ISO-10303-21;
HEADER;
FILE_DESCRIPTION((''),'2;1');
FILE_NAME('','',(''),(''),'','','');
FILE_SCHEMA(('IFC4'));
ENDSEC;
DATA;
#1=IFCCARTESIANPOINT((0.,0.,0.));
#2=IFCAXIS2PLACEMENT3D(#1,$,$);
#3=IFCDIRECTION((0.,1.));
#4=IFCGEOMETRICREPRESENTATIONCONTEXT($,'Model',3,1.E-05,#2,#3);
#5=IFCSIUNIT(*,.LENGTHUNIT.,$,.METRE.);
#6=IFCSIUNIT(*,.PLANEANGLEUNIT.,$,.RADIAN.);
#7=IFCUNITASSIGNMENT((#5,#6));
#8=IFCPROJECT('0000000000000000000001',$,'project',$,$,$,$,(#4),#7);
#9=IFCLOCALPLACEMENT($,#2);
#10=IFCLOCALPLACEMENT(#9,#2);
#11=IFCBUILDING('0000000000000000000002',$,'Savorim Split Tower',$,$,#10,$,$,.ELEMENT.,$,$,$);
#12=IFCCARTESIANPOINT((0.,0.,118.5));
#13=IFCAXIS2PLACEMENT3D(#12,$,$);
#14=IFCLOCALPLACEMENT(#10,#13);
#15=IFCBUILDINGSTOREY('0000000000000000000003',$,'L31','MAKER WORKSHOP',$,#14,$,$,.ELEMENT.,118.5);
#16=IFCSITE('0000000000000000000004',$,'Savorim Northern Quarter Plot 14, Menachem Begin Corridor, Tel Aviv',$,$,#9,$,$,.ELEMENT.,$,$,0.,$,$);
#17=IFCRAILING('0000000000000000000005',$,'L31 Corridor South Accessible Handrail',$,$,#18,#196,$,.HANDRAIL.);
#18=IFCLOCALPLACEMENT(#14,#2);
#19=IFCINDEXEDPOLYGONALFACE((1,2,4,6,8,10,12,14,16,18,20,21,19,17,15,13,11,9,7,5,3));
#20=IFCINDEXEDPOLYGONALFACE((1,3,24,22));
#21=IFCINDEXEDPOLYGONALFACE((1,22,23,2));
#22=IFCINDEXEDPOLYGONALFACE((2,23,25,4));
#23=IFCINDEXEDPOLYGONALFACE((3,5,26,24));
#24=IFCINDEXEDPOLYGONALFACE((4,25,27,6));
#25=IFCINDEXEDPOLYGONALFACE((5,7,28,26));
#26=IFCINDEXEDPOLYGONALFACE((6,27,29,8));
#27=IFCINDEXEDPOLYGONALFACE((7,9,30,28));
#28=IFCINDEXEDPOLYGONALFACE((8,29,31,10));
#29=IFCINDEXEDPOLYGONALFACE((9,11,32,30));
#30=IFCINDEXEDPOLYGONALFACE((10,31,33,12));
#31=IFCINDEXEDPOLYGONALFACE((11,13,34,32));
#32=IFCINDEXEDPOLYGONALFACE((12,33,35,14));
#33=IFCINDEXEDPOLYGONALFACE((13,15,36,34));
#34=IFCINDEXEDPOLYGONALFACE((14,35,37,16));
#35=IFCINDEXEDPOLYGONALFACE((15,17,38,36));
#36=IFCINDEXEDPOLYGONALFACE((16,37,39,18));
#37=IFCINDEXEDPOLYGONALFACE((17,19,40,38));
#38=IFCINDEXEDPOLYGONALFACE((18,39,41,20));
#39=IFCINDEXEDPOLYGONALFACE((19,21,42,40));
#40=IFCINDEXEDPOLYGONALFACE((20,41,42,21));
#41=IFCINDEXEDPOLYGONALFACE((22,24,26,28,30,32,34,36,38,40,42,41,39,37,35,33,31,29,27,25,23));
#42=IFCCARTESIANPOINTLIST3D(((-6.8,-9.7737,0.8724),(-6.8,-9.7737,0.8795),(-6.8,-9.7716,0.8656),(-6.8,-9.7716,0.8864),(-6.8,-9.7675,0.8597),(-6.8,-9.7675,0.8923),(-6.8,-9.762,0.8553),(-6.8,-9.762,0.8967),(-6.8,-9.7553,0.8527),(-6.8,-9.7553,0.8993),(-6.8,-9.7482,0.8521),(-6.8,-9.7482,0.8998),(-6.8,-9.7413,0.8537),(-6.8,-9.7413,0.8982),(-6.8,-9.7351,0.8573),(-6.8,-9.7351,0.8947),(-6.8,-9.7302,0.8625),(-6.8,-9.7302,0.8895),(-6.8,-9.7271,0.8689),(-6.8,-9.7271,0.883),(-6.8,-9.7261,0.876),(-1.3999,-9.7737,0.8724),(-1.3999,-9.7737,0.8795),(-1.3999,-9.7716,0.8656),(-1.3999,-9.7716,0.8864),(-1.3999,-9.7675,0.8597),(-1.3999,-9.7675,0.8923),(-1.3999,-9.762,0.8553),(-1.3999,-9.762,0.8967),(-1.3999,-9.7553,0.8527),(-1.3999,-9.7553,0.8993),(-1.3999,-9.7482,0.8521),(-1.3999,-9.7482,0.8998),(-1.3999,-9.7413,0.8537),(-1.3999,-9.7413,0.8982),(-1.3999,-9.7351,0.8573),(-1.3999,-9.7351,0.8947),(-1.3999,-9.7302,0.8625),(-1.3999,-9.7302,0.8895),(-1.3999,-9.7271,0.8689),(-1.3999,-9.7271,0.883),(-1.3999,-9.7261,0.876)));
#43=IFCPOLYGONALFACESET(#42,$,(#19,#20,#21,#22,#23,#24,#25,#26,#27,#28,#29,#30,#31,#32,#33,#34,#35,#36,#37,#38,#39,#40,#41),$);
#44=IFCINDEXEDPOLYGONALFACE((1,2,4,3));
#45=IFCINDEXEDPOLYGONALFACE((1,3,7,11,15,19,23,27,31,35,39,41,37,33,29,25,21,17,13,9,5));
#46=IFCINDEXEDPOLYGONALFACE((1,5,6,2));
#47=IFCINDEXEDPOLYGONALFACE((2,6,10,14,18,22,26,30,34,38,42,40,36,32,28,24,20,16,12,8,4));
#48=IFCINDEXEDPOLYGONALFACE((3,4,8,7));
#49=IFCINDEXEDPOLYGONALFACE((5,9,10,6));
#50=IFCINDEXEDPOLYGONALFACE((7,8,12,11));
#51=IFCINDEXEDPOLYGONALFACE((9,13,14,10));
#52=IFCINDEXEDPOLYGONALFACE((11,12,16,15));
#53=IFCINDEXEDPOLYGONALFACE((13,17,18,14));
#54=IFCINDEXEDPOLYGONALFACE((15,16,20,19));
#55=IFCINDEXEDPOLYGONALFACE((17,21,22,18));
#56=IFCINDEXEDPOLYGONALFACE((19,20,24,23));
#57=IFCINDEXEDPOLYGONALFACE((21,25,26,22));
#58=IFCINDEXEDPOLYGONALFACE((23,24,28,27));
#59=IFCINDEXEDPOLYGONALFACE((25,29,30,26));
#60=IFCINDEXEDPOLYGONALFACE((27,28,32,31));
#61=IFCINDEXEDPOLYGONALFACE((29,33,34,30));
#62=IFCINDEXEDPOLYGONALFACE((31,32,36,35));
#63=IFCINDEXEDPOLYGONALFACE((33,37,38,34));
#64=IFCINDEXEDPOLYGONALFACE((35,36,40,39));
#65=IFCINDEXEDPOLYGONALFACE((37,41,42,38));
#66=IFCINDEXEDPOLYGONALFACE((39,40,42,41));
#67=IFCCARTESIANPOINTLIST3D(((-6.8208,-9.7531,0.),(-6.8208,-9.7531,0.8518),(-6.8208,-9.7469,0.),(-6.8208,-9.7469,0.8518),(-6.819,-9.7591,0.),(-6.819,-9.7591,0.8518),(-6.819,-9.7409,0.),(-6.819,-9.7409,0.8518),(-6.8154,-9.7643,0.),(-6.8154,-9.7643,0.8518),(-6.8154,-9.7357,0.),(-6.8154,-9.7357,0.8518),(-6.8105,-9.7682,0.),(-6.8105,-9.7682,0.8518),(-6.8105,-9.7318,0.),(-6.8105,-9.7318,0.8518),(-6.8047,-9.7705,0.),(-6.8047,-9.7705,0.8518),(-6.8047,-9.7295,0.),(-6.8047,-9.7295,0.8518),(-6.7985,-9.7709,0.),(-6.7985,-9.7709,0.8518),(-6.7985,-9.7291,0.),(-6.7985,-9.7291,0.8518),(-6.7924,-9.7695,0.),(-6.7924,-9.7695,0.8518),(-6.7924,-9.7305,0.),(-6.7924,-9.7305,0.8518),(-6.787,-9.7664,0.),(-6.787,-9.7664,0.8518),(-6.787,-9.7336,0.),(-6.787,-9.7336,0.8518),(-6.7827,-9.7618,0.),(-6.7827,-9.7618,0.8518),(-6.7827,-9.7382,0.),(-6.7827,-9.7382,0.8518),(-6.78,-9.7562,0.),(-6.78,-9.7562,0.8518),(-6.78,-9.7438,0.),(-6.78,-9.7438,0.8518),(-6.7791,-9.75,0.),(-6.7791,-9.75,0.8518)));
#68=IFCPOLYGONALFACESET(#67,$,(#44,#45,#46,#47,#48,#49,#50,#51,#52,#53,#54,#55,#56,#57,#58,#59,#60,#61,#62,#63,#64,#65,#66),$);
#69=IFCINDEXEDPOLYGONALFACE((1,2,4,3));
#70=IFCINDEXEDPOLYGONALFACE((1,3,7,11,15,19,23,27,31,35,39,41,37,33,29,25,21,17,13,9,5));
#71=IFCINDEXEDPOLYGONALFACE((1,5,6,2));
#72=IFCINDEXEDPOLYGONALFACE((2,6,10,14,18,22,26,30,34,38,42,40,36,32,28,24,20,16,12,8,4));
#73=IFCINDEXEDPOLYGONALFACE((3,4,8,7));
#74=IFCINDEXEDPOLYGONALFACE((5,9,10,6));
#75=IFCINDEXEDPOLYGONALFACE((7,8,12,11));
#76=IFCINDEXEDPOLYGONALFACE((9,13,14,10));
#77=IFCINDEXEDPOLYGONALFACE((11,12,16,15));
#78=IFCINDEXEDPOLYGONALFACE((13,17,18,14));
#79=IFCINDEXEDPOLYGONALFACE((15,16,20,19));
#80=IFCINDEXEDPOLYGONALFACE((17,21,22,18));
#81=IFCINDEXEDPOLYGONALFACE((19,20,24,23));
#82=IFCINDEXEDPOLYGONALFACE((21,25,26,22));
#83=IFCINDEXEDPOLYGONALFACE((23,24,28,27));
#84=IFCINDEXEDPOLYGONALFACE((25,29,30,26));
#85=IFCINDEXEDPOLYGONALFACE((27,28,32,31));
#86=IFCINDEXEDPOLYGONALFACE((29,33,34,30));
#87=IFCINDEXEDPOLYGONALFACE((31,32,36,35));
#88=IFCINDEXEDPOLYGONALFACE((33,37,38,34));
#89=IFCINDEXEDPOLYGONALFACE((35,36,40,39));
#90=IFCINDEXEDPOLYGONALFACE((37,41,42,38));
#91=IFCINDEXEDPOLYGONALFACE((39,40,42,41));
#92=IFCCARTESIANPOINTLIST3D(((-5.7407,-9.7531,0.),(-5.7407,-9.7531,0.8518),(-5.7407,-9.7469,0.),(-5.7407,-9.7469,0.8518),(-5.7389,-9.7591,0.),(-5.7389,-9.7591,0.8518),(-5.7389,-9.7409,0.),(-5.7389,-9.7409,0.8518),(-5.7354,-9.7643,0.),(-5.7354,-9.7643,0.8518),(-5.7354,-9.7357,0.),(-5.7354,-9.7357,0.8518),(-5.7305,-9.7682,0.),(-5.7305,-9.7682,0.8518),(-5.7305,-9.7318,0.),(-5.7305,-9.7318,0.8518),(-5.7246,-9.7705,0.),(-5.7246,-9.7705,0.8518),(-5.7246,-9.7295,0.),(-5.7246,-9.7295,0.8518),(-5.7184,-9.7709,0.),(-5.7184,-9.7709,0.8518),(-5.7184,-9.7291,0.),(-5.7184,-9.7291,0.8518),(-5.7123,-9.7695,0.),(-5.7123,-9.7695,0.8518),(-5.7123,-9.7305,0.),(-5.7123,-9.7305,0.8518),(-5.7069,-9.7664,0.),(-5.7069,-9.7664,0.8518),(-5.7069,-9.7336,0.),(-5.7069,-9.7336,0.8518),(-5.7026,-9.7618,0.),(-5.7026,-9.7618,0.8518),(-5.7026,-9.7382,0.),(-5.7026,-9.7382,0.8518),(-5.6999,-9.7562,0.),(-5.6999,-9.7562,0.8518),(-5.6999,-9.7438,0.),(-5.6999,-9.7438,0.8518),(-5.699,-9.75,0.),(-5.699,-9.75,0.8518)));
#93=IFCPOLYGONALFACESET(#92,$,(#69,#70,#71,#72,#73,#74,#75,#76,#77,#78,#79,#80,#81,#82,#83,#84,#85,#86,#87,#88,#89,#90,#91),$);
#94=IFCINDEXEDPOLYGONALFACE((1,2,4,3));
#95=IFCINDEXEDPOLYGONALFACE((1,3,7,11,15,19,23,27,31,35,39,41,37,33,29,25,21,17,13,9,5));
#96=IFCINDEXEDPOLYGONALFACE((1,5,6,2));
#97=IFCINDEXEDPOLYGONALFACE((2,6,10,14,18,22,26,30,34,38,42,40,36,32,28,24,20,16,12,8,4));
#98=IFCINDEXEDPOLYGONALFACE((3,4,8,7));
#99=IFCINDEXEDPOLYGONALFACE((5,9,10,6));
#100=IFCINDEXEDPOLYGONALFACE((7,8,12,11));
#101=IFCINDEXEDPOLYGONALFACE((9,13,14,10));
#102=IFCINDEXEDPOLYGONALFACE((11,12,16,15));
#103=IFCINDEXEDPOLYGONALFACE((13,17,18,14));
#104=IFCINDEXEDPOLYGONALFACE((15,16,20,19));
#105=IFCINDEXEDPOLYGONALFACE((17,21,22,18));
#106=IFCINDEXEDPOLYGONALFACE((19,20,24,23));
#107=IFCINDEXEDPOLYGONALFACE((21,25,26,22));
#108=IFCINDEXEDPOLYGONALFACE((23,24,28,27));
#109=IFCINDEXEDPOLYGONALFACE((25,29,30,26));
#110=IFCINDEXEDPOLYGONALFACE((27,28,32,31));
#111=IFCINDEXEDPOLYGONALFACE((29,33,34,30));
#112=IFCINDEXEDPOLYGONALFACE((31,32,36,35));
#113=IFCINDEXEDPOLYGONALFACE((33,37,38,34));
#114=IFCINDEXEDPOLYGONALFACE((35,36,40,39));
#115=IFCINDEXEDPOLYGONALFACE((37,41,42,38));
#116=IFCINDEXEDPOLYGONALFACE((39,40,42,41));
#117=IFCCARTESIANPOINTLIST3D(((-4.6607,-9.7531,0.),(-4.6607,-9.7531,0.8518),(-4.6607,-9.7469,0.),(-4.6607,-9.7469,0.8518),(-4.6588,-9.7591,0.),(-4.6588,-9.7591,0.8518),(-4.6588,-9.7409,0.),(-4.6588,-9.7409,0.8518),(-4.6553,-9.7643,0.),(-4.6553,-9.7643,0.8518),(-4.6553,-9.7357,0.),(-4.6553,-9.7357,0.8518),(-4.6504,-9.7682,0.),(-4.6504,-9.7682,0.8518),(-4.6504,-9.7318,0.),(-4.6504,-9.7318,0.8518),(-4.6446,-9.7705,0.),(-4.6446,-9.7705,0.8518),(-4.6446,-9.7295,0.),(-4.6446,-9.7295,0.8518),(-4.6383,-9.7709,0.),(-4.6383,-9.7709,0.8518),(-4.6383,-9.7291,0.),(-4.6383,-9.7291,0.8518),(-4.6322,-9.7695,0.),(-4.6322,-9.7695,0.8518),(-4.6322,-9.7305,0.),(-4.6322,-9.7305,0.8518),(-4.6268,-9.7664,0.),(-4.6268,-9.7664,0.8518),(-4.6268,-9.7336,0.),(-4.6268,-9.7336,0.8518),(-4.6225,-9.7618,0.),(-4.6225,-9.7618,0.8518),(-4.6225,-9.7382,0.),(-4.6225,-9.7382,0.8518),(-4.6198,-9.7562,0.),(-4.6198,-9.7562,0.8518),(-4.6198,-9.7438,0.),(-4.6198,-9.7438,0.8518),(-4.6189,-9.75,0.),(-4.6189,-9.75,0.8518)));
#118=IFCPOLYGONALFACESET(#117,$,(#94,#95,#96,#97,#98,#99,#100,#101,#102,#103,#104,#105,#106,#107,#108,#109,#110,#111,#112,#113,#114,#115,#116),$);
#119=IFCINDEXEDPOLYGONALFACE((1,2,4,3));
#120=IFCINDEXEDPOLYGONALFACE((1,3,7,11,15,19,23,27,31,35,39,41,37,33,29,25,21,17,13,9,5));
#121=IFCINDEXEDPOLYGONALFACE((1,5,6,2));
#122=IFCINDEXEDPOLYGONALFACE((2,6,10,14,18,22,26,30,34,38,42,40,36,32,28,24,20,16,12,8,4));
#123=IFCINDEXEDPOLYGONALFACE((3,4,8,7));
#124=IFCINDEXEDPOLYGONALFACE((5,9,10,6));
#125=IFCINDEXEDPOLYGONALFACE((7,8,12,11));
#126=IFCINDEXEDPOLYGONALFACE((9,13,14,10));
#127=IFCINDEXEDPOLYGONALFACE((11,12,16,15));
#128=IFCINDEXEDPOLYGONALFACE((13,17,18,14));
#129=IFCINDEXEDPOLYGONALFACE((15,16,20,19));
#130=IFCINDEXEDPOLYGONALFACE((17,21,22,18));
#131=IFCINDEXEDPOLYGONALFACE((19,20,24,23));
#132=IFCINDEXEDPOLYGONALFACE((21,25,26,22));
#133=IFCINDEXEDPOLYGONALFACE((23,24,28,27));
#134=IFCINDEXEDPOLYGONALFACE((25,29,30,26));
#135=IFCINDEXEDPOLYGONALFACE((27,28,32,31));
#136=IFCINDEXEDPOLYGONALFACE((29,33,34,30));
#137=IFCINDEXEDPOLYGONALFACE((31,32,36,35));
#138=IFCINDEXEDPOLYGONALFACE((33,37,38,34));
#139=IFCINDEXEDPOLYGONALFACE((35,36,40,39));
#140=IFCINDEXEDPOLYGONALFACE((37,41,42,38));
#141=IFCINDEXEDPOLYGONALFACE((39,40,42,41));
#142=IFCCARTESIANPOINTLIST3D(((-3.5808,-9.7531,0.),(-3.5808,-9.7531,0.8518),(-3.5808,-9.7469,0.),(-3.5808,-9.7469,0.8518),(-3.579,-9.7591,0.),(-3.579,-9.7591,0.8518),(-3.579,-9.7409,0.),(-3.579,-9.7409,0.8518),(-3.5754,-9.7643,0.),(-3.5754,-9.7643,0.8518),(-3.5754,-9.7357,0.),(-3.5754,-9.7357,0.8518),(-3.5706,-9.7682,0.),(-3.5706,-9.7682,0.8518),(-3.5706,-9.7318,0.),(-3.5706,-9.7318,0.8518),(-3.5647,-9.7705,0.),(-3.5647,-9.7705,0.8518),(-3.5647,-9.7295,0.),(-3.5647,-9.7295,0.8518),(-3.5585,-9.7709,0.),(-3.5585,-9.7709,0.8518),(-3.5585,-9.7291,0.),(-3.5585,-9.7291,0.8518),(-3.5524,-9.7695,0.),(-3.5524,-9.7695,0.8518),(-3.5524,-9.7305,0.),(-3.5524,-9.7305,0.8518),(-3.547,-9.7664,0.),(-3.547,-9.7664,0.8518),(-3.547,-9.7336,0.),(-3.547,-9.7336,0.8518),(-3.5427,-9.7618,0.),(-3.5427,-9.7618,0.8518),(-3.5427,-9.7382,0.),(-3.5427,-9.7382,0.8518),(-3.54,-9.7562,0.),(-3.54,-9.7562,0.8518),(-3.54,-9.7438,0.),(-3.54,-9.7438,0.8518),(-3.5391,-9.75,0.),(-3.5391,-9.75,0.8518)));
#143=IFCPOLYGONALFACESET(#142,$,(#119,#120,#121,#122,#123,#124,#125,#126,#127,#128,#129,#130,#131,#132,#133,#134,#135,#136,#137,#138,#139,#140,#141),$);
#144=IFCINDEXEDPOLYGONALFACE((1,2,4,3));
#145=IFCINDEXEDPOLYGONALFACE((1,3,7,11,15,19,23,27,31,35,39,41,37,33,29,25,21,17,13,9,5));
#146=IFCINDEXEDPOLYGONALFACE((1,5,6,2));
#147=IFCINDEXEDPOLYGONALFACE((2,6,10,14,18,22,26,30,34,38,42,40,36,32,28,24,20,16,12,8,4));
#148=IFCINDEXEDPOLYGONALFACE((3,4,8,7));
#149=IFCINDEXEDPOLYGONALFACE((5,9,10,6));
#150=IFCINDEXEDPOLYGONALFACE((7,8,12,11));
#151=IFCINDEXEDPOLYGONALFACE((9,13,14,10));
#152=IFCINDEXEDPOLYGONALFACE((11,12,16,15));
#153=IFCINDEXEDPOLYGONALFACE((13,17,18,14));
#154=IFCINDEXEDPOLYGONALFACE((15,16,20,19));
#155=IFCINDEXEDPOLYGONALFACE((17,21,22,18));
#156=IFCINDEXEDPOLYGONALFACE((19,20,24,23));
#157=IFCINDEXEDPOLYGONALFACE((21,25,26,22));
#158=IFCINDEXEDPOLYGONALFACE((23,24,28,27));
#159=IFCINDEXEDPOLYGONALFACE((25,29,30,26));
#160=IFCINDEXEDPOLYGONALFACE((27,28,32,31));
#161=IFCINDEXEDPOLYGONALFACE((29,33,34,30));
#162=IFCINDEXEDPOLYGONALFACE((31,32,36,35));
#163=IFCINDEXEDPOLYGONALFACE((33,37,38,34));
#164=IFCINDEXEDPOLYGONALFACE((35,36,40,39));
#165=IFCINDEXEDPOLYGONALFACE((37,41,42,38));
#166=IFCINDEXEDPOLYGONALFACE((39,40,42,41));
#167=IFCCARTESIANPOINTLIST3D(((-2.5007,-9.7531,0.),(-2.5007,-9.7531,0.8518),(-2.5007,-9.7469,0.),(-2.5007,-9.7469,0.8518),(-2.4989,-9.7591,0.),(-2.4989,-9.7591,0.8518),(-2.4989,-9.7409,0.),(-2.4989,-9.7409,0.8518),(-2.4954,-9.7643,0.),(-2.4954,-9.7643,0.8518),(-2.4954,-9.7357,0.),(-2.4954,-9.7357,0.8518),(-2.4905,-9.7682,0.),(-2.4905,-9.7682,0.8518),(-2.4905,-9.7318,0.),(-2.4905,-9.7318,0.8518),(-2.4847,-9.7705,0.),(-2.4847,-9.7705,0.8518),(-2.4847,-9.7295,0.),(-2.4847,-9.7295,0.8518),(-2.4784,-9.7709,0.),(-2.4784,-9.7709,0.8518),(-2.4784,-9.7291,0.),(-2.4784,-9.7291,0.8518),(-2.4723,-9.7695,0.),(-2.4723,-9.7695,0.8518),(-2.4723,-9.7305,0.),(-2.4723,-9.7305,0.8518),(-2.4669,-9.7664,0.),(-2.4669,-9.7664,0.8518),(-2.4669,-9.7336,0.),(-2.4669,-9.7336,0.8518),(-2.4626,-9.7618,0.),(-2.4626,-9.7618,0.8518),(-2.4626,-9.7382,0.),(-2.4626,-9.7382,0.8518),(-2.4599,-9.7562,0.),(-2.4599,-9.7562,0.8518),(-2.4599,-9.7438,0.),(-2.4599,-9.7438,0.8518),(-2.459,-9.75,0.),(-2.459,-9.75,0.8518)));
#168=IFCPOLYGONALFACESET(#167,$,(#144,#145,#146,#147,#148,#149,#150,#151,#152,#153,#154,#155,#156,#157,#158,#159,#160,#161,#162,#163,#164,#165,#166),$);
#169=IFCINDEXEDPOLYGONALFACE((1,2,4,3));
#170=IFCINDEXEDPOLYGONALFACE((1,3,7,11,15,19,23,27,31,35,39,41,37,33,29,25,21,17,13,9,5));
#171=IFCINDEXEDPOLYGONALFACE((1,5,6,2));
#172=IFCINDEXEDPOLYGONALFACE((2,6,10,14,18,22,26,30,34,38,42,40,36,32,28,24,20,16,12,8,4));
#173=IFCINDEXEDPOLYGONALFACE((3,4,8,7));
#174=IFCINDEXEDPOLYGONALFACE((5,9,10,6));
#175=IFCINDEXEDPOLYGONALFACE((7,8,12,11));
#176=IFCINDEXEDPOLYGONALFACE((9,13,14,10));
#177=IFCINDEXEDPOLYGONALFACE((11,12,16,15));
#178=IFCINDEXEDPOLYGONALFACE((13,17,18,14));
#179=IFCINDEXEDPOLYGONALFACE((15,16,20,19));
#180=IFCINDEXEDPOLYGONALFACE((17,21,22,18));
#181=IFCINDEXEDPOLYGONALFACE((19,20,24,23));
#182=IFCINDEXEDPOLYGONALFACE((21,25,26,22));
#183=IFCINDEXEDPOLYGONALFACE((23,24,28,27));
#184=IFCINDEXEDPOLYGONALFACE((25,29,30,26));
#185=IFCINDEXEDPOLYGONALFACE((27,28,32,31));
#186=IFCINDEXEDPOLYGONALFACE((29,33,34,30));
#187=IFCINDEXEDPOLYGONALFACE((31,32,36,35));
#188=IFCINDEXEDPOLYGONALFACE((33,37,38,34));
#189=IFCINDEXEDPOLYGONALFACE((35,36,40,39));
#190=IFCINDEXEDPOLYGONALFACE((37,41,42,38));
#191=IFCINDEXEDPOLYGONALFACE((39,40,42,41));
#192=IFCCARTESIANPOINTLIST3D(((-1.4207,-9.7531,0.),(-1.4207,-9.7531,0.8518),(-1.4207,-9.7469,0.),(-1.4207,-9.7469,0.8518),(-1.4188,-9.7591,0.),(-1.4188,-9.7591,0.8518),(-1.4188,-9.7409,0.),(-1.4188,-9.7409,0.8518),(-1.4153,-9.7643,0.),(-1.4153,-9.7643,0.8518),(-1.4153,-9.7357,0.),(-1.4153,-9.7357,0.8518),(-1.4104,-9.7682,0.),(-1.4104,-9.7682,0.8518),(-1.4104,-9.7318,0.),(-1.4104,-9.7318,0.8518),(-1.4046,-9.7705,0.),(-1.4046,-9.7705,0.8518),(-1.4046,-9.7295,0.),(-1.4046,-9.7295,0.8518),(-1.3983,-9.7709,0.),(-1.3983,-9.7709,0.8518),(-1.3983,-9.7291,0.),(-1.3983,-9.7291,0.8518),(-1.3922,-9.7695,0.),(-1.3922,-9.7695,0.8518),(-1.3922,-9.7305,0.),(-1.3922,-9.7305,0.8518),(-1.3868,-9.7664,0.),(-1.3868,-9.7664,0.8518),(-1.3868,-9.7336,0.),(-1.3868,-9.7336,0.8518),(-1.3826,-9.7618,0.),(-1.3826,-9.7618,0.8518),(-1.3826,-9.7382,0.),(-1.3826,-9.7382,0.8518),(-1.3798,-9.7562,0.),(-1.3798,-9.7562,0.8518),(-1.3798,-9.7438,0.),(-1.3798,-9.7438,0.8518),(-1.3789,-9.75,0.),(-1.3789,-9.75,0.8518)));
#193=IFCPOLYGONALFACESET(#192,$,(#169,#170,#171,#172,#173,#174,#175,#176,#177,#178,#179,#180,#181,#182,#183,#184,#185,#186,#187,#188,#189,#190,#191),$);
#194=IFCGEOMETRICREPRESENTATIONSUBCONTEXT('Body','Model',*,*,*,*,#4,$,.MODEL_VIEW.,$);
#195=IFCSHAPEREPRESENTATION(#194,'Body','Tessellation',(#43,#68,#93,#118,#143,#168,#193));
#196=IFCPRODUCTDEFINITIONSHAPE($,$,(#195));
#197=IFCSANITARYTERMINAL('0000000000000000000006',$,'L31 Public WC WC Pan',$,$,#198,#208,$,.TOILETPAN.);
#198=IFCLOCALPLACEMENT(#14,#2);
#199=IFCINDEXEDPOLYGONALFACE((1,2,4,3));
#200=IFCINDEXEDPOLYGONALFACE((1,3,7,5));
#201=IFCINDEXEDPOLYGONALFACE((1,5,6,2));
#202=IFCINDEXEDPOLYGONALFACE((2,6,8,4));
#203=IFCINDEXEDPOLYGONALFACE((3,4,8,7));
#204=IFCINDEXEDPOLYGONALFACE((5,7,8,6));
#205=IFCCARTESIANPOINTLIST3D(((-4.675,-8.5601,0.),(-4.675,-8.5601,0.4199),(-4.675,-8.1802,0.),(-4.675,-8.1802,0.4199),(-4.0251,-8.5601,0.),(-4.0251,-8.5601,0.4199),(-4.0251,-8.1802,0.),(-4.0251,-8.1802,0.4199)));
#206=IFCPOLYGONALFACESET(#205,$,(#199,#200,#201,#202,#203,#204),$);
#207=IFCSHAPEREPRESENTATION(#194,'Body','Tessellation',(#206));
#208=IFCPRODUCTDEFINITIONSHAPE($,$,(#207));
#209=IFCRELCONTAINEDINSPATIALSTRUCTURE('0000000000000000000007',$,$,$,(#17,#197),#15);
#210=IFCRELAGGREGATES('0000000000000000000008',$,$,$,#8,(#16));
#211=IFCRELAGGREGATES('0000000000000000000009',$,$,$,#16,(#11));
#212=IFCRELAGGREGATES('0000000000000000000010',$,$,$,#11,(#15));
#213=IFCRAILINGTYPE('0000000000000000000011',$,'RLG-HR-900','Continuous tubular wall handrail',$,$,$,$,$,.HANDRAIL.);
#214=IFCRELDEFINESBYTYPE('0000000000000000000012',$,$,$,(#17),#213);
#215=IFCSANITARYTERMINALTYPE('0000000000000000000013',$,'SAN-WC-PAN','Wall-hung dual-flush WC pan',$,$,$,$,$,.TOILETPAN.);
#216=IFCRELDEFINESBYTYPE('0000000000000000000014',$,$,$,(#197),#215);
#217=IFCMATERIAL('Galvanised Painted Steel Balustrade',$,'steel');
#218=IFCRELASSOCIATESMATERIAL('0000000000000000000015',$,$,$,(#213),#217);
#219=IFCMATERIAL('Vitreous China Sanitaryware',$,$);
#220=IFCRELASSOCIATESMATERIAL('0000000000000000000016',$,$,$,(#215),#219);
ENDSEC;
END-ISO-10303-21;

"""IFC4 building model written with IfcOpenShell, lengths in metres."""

from ifc_helpers import new_model, si_unit, direction, frame, origin, origin_2d, place, context, subcontext, project, spatial, rectangle, circle, extrude, material, type_object, element, save


model = new_model("IFC4")

# Units and contexts
model_context = context("Model", 3, precision=1e-05, world=origin(), true_north=direction((0.0, 1.0)))
body_context = subcontext(model_context, "Body", "Model", "MODEL_VIEW")
ifc_project = project(units=[si_unit("LENGTHUNIT", "METRE"), si_unit("PLANEANGLEUNIT", "RADIAN")], contexts=[model_context])

# Site, building, storey
site_placement = place(None, origin())
site = spatial("IfcSite", under=ifc_project, at=site_placement, Name="Savorim Northern Quarter Plot 14, Menachem Begin Corridor, Tel Aviv", CompositionType="ELEMENT", RefElevation=0.0)
building_placement = place(site_placement, origin())
building = spatial("IfcBuilding", under=site, at=building_placement, Name="Savorim Split Tower", CompositionType="ELEMENT")
storey_placement = place(building_placement, frame((0.0, 0.0, 118.5)))
storey = spatial("IfcBuildingStorey", under=building, at=storey_placement, Name="L31", Description="MAKER WORKSHOP", CompositionType="ELEMENT", Elevation=118.5)

# Railing
ifc_material_1 = material(Name="Galvanised Painted Steel Balustrade", Category="steel")
railing_type = type_object("IfcRailingType", Name="RLG-HR-900", Description="Continuous tubular wall handrail", PredefinedType="HANDRAIL", material=ifc_material_1)
railing_placement = place(storey_placement, frame((-6.8, -9.75, 0.0)))
element("IfcRailing", 1, at=railing_placement, inside=storey, type_object=railing_type, Name="L31 Corridor South Accessible Handrail", PredefinedType="HANDRAIL", context=body_context, shape_type="SweptSolid", body=[
    extrude(circle(Radius=0.0239, at=origin_2d()), frame((0.0, 0.0, 0.876), z_axis=(1.0, 0.0, 0.0), x_axis=(0.0, 1.0, 0.0)), (0.0, 0.0, 1.0), 5.4001),
    extrude(circle(Radius=0.021, at=origin_2d()), origin(), (0.0, 0.0, 1.0), 0.8518),
    extrude(circle(Radius=0.021, at=origin_2d()), frame((1.0801, 0.0, 0.0)), (0.0, 0.0, 1.0), 0.8518),
    extrude(circle(Radius=0.021, at=origin_2d()), frame((2.1602, 0.0, 0.0)), (0.0, 0.0, 1.0), 0.8518),
    extrude(circle(Radius=0.021, at=origin_2d()), frame((3.24, 0.0, 0.0)), (0.0, 0.0, 1.0), 0.8518),
    extrude(circle(Radius=0.021, at=origin_2d()), frame((4.3201, 0.0, 0.0)), (0.0, 0.0, 1.0), 0.8518),
    extrude(circle(Radius=0.021, at=origin_2d()), frame((5.4001, 0.0, 0.0)), (0.0, 0.0, 1.0), 0.8518),
])

# Sanitary terminal
ifc_material_2 = material(Name="Vitreous China Sanitaryware")
sanitary_terminal_type_1 = type_object("IfcSanitaryTerminalType", Name="SAN-WC-PAN", Description="Wall-hung dual-flush WC pan", PredefinedType="TOILETPAN", material=ifc_material_2)
sanitary_terminal_1_placement = place(storey_placement, frame((-4.3501, -8.3701, 0.0), z_axis=(0.0, 0.0, 1.0), x_axis=(1.0, 0.0, 0.0)))
element("IfcSanitaryTerminal", 2, at=sanitary_terminal_1_placement, inside=storey, type_object=sanitary_terminal_type_1, Name="L31 Public WC WC Pan", PredefinedType="TOILETPAN", context=body_context, shape_type="SweptSolid", body=[
    extrude(rectangle(XDim=0.6499, YDim=0.3799, at=origin_2d()), origin(), (0.0, 0.0, 1.0), 0.4199),
])

save(model, "model.ifc")
